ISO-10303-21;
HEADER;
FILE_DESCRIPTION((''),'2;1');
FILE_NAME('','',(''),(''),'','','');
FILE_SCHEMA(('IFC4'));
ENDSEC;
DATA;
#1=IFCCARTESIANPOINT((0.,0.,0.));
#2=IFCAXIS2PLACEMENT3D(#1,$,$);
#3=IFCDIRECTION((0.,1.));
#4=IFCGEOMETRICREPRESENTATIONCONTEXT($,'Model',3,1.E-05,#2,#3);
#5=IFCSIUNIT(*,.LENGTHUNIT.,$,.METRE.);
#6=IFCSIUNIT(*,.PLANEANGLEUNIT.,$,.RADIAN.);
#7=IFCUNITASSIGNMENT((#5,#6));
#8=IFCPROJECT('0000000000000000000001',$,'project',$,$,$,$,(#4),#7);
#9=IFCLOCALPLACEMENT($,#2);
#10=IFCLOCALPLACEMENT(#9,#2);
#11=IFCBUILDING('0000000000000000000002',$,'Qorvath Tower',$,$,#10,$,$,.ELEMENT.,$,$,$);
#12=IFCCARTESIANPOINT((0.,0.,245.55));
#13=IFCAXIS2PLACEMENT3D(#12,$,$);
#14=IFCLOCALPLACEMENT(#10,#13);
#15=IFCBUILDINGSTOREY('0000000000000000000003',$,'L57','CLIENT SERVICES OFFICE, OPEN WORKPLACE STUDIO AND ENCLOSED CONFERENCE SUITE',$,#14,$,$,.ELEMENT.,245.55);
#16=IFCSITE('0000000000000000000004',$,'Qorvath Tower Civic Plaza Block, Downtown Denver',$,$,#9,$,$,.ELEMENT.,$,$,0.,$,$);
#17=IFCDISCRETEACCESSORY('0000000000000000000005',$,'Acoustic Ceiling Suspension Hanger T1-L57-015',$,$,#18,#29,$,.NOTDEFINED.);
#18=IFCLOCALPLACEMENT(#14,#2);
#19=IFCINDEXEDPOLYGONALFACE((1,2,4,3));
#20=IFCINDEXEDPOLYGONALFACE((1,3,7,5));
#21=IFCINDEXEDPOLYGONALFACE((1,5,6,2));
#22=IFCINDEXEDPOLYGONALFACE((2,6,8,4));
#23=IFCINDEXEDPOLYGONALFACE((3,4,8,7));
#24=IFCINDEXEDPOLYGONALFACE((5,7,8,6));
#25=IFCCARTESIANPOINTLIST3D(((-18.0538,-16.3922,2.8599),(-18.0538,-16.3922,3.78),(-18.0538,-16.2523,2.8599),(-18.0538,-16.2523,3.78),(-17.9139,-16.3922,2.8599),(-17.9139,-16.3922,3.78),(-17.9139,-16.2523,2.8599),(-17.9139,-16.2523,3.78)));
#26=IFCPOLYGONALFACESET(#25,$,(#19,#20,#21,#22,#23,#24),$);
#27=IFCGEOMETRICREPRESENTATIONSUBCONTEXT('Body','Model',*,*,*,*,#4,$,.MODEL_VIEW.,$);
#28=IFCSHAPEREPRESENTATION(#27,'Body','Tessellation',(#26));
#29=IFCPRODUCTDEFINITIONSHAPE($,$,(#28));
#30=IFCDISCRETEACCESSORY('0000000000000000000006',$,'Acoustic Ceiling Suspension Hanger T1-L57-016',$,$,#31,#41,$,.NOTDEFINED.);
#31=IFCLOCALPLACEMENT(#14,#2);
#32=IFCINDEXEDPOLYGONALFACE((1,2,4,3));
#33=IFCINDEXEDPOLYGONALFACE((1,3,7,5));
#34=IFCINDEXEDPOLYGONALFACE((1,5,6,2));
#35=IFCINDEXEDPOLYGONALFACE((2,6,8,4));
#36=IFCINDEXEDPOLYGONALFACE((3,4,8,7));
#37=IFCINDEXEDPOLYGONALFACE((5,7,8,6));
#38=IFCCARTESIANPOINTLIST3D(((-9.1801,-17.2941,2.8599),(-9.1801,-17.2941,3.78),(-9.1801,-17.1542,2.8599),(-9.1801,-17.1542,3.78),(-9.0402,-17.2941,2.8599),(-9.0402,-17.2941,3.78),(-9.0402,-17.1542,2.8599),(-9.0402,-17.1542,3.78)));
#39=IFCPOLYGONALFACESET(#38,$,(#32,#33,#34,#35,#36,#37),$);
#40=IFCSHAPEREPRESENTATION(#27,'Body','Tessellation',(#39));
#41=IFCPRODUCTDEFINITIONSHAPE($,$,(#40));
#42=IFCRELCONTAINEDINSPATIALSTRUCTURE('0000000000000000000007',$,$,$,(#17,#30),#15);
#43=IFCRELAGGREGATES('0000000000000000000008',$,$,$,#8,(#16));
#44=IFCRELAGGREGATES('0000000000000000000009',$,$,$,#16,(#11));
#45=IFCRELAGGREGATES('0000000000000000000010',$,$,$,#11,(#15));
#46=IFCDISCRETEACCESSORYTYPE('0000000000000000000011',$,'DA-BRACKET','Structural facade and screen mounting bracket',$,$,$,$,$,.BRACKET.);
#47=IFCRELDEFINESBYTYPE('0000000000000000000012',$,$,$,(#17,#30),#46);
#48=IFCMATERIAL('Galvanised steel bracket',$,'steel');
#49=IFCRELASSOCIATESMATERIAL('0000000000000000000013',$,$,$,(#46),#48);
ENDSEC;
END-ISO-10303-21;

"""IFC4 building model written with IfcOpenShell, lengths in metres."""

from ifc_helpers import new_model, si_unit, direction, frame, origin, origin_2d, place, context, subcontext, project, spatial, rectangle, extrude, material, type_object, element, save


model = new_model("IFC4")

# Units and contexts
model_context = context("Model", 3, precision=1e-05, world=origin(), true_north=direction((0.0, 1.0)))
body_context = subcontext(model_context, "Body", "Model", "MODEL_VIEW")
ifc_project = project(units=[si_unit("LENGTHUNIT", "METRE"), si_unit("PLANEANGLEUNIT", "RADIAN")], contexts=[model_context])

# Site, building, storey
site_placement = place(None, origin())
site = spatial("IfcSite", under=ifc_project, at=site_placement, Name="Qorvath Tower Civic Plaza Block, Downtown Denver", CompositionType="ELEMENT", RefElevation=0.0)
building_placement = place(site_placement, origin())
building = spatial("IfcBuilding", under=site, at=building_placement, Name="Qorvath Tower", CompositionType="ELEMENT")
storey_placement = place(building_placement, frame((0.0, 0.0, 245.55)))
storey = spatial("IfcBuildingStorey", under=building, at=storey_placement, Name="L57", Description="CLIENT SERVICES OFFICE, OPEN WORKPLACE STUDIO AND ENCLOSED CONFERENCE SUITE", CompositionType="ELEMENT", Elevation=245.55)

# Discrete accessories
ifc_material_1 = material(Name="Galvanised steel bracket", Category="steel")
discrete_accessory_type = type_object("IfcDiscreteAccessoryType", Name="DA-BRACKET", Description="Structural facade and screen mounting bracket", PredefinedType="BRACKET", material=ifc_material_1)
for number, where, z_axis, x_axis, name in (
    (1, (-17.9839, -16.3223, 2.8599), (0.0, 0.0, 1.0), (1.0, 0.0, 0.0), "Acoustic Ceiling Suspension Hanger T1-L57-015"),
    (2, (-9.1101, -17.2241, 2.8599), (0.0, 0.0, 1.0), (1.0, 0.0, 0.0), "Acoustic Ceiling Suspension Hanger T1-L57-016"),
):
    element("IfcDiscreteAccessory", number, at=place(storey_placement, frame(where, z_axis=z_axis, x_axis=x_axis)), inside=storey, type_object=discrete_accessory_type, Name=name, PredefinedType="NOTDEFINED", context=body_context, shape_type="SweptSolid", body=[
        extrude(rectangle(XDim=0.1399, YDim=0.1399, at=origin_2d()), origin(), (0.0, 0.0, 1.0), 0.9202),
    ])

save(model, "model.ifc")
